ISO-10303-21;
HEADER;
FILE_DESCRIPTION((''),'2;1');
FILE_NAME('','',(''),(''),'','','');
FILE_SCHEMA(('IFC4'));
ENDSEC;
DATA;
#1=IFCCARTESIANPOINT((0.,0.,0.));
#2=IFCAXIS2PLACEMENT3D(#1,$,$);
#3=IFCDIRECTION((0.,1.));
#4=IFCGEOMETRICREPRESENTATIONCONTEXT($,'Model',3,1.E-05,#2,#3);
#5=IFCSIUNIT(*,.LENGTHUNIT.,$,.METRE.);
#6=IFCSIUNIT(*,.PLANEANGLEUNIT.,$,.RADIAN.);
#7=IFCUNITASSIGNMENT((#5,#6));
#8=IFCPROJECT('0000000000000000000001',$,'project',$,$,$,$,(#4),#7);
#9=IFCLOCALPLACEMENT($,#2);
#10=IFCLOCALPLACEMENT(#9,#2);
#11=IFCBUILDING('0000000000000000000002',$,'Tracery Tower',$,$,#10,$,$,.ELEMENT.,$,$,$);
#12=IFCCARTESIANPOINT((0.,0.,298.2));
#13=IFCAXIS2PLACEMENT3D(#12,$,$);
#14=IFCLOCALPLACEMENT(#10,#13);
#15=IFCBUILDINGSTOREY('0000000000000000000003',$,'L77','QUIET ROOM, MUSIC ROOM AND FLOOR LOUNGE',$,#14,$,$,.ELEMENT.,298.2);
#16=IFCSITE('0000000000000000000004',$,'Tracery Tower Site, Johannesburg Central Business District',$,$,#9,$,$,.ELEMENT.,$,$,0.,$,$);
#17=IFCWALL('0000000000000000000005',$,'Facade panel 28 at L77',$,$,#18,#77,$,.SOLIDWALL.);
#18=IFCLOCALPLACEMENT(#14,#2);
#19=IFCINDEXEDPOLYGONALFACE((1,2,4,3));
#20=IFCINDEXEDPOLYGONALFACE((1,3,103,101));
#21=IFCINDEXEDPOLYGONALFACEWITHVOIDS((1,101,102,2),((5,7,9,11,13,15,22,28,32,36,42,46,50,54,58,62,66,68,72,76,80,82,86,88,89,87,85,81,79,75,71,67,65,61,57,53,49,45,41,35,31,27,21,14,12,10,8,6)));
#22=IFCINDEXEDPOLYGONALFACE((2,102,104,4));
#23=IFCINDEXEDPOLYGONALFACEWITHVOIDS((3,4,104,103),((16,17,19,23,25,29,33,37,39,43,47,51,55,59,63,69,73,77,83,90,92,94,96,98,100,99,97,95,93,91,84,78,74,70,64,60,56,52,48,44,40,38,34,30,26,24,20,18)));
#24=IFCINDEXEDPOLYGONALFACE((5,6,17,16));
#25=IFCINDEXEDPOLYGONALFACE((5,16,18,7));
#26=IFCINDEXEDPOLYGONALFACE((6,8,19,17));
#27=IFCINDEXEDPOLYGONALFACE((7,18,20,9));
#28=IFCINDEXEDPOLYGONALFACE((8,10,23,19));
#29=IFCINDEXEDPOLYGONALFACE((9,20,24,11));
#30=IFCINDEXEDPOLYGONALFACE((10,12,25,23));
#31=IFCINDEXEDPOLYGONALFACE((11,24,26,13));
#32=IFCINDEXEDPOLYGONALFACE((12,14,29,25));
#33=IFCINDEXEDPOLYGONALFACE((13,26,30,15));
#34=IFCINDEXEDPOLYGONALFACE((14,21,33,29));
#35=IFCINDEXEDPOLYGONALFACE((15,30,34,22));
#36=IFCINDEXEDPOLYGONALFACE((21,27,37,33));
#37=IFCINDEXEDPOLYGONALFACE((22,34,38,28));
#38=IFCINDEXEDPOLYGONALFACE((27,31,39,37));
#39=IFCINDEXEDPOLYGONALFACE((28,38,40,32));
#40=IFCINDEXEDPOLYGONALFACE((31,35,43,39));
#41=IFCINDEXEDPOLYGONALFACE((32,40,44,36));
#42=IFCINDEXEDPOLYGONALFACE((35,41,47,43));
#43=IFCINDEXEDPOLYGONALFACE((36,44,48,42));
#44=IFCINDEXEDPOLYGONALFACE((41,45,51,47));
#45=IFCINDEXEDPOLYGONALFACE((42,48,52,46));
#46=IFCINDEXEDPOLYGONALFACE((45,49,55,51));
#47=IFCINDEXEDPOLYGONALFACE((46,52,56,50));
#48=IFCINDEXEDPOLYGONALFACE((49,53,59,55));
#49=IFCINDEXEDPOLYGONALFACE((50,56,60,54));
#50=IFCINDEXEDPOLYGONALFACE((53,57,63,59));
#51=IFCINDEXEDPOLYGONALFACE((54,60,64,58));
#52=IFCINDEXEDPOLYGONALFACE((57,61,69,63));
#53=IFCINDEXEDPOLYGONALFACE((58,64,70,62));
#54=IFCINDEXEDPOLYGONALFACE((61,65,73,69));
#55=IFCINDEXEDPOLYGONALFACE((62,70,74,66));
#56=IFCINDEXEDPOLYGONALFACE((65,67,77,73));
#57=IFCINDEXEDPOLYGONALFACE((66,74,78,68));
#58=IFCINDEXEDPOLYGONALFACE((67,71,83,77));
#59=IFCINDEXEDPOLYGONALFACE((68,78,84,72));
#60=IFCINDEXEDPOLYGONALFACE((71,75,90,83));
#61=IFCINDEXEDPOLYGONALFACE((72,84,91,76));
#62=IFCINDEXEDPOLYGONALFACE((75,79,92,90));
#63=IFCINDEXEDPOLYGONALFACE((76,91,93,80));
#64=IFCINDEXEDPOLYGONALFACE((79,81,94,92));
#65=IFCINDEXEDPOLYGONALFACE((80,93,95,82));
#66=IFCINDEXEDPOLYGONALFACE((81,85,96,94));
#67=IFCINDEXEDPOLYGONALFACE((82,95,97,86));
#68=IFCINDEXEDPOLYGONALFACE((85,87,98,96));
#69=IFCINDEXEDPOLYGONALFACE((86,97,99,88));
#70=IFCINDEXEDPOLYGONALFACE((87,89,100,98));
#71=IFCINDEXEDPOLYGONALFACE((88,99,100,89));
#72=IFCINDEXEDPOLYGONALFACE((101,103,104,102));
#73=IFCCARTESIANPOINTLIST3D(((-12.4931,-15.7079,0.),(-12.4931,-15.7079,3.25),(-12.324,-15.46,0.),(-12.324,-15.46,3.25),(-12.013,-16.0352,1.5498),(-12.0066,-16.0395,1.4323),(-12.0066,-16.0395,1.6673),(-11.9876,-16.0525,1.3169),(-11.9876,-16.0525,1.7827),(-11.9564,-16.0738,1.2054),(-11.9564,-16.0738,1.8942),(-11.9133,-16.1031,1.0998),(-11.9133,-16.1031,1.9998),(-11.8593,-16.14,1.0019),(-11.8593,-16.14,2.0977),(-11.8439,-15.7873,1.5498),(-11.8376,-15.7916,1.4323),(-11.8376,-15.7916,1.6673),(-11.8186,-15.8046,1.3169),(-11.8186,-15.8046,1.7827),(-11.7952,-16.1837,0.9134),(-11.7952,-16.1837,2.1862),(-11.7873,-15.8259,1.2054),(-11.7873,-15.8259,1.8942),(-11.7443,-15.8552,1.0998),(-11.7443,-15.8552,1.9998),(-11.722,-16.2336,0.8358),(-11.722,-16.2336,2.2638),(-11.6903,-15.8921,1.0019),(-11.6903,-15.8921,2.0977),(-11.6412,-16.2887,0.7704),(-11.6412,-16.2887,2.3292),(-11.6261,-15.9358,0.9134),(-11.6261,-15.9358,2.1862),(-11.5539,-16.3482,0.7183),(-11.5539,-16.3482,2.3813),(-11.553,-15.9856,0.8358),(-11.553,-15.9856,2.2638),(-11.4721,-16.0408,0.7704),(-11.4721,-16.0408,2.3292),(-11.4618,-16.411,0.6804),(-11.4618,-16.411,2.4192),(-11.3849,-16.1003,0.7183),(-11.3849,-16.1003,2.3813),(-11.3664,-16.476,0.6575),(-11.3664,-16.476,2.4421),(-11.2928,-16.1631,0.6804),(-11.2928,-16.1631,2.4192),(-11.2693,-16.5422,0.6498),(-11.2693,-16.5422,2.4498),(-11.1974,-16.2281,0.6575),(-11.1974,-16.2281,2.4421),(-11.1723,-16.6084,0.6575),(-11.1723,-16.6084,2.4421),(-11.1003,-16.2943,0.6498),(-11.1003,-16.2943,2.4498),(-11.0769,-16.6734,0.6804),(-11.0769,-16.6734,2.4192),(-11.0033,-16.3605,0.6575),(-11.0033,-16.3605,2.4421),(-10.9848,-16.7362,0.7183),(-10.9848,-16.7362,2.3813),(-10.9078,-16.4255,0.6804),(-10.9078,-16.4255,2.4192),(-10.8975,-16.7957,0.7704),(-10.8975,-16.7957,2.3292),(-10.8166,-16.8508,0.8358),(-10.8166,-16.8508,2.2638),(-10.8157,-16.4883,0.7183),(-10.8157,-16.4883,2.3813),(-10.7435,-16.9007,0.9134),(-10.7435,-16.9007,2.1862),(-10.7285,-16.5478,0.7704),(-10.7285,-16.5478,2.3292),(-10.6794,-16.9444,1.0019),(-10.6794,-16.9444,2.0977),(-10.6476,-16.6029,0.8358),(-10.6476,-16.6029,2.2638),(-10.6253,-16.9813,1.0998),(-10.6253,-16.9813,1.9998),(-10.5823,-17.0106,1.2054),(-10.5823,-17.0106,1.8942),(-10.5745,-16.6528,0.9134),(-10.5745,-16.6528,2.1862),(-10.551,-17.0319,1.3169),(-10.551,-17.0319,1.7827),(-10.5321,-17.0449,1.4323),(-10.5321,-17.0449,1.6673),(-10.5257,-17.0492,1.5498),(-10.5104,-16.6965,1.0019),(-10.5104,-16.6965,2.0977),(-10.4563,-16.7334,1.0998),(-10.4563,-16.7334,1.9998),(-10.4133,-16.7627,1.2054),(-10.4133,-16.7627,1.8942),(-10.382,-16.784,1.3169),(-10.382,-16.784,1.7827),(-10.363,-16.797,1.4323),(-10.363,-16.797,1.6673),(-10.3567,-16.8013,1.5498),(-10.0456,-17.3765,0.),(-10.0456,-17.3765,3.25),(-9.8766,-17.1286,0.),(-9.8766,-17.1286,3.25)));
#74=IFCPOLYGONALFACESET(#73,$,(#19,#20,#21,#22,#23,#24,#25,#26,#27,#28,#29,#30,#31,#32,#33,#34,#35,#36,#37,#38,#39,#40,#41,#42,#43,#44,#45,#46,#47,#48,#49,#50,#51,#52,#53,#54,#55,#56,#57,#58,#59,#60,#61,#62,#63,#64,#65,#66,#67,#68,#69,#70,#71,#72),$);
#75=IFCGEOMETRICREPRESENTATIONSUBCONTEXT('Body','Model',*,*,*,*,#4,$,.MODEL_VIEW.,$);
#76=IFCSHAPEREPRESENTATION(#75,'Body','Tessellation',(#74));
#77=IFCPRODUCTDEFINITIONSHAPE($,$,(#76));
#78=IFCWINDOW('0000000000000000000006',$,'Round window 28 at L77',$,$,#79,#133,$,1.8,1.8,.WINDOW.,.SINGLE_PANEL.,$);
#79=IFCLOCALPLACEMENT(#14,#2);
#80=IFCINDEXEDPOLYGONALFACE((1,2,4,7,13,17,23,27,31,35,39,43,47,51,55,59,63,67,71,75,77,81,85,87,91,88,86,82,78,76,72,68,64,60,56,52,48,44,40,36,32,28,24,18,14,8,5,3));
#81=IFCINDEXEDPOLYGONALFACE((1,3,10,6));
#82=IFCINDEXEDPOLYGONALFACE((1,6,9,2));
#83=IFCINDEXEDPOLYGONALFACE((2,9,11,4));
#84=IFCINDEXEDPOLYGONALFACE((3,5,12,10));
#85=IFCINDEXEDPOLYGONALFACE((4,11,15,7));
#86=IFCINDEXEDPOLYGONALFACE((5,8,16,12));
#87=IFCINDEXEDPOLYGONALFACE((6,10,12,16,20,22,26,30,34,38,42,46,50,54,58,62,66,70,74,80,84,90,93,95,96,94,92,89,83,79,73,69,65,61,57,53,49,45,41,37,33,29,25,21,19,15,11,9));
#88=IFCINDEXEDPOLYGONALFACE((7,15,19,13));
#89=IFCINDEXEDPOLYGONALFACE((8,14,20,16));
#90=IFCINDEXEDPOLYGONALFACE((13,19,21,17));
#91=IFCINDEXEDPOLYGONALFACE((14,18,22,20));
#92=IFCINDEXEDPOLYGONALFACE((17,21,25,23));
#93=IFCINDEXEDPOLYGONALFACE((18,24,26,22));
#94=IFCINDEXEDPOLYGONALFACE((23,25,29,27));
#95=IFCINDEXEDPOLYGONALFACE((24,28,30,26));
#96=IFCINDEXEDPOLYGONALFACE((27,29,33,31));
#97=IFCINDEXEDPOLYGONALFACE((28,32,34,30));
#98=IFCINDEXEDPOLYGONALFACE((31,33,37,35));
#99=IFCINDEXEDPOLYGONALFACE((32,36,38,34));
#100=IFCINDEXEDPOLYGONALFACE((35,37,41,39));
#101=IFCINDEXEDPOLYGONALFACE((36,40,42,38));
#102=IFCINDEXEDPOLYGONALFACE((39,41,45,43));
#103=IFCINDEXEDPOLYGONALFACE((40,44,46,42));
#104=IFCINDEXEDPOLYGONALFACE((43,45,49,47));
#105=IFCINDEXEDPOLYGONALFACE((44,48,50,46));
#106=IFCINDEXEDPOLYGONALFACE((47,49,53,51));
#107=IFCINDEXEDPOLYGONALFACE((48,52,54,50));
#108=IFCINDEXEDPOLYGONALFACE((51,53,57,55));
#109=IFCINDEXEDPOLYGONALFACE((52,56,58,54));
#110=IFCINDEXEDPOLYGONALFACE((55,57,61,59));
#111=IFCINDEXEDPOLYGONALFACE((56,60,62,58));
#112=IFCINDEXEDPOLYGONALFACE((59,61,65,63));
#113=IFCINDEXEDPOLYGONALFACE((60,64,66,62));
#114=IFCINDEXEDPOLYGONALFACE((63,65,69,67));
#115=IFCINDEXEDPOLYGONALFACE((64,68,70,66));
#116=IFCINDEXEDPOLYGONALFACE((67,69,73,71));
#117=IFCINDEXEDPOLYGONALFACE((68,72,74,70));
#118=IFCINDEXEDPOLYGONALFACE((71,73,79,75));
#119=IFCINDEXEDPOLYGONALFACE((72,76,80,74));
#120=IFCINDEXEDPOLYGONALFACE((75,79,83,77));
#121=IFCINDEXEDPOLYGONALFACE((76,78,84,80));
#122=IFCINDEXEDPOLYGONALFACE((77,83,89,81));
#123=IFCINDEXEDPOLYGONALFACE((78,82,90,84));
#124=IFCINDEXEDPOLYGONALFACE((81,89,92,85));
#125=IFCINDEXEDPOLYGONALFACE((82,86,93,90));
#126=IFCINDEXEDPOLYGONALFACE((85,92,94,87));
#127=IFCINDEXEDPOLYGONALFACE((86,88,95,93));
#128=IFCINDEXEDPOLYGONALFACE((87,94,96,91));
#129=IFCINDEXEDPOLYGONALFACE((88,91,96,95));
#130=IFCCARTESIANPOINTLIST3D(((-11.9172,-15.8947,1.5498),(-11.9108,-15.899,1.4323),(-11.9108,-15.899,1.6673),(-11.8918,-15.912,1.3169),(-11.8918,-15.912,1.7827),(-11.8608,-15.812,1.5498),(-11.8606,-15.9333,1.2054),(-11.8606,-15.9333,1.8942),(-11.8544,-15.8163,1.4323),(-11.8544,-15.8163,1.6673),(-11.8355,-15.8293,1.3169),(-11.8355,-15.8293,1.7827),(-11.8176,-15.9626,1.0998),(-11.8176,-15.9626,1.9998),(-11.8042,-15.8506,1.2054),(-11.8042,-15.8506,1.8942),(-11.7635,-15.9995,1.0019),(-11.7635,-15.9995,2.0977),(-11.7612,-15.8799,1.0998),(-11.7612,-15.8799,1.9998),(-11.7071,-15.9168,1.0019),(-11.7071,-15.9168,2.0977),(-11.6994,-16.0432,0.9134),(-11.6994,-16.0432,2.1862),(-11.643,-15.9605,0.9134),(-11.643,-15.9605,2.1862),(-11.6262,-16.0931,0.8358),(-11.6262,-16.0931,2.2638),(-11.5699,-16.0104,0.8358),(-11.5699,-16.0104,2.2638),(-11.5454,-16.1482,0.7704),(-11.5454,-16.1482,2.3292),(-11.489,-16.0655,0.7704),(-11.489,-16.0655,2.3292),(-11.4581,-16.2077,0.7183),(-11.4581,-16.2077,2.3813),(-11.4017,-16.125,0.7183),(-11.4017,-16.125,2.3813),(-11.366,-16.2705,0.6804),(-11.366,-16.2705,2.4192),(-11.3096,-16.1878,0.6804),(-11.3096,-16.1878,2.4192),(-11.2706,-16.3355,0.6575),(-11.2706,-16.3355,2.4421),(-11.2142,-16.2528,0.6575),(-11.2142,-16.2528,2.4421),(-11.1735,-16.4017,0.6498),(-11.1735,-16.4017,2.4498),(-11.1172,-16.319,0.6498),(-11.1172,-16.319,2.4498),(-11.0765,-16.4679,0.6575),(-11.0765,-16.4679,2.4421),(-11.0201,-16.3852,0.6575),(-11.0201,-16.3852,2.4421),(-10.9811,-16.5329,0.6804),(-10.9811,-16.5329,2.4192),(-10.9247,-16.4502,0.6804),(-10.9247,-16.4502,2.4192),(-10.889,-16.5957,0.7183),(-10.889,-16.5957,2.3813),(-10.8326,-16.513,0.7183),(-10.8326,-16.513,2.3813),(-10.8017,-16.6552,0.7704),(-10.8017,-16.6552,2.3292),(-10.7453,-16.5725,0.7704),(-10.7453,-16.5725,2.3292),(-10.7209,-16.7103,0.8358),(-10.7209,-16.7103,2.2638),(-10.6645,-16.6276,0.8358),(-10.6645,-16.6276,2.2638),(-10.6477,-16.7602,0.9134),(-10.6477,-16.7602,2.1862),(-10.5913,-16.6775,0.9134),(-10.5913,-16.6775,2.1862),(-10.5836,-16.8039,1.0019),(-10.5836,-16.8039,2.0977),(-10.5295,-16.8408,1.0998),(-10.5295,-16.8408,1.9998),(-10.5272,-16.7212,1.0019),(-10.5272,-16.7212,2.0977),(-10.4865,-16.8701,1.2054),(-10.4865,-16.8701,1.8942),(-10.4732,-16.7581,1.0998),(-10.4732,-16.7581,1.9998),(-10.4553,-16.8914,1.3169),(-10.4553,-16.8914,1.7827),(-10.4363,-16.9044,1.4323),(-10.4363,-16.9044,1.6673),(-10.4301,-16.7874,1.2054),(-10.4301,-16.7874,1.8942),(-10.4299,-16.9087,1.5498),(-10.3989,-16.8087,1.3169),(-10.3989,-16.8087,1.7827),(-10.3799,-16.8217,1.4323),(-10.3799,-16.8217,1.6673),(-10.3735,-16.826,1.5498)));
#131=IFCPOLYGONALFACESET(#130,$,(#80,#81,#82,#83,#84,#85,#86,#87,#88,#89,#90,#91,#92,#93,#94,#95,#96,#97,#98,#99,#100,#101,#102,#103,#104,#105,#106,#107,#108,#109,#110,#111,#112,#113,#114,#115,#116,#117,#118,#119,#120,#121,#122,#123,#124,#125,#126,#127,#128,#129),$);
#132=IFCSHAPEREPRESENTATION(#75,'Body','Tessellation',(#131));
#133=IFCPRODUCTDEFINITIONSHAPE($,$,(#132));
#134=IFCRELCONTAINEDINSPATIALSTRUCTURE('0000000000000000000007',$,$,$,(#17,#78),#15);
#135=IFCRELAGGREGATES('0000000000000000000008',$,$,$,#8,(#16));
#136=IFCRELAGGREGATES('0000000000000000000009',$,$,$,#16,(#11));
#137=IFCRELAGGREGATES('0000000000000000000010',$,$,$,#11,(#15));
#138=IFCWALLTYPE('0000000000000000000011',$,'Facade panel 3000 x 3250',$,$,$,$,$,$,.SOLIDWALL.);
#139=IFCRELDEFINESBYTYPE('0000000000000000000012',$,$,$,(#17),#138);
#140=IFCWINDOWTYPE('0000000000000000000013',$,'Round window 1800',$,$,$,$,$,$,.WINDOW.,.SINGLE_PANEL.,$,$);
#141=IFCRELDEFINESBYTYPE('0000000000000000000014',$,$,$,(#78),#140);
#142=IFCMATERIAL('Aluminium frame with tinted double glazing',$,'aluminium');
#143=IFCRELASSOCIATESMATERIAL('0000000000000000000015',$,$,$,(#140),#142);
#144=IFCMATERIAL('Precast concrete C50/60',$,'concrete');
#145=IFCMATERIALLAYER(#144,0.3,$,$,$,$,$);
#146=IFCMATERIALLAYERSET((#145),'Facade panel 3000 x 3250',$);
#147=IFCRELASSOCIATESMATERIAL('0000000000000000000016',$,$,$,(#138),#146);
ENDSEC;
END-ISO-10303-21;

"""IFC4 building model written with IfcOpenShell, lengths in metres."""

from ifc_helpers import new_model, si_unit, direction, frame, frame_2d, origin, origin_2d, place, context, subcontext, project, spatial, rectangle, circle, extrude, material, layer, layer_set, type_object, element, fill, save


model = new_model("IFC4")

# Units and contexts
model_context = context("Model", 3, precision=1e-05, world=origin(), true_north=direction((0.0, 1.0)))
body_context = subcontext(model_context, "Body", "Model", "MODEL_VIEW")
ifc_project = project(units=[si_unit("LENGTHUNIT", "METRE"), si_unit("PLANEANGLEUNIT", "RADIAN")], contexts=[model_context])

# Site, building, storey
site_placement = place(None, origin())
site = spatial("IfcSite", under=ifc_project, at=site_placement, Name="Tracery Tower Site, Johannesburg Central Business District", CompositionType="ELEMENT", RefElevation=0.0)
building_placement = place(site_placement, origin())
building = spatial("IfcBuilding", under=site, at=building_placement, Name="Tracery Tower", CompositionType="ELEMENT")
storey_placement = place(building_placement, frame((0.0, 0.0, 298.2)))
storey = spatial("IfcBuildingStorey", under=building, at=storey_placement, Name="L77", Description="QUIET ROOM, MUSIC ROOM AND FLOOR LOUNGE", CompositionType="ELEMENT", Elevation=298.2)

# Wall, opening, window
ifc_material_1 = material(Name="Aluminium frame with tinted double glazing", Category="aluminium")
window_type = type_object("IfcWindowType", Name="Round window 1800", PartitioningType="SINGLE_PANEL", PredefinedType="WINDOW", material=ifc_material_1)
ifc_material_2 = material(Name="Precast concrete C50/60", Category="concrete")
ifc_layer_1 = layer(ifc_material_2, 0.3)
ifc_layer_set_1 = layer_set([ifc_layer_1], Name="Facade panel 3000 x 3250")
wall_type_1 = type_object("IfcWallType", Name="Facade panel 3000 x 3250", PredefinedType="SOLIDWALL", material=ifc_layer_set_1)
wall_1_placement = place(storey_placement, frame((-12.4084, -15.584, 0.0), z_axis=(0.0, 0.0, 1.0), x_axis=(0.826236, -0.563324, 0.0)))
wall_1 = element("IfcWall", 1, at=wall_1_placement, inside=storey, type_object=wall_type_1, Name="Facade panel 28 at L77", PredefinedType="SOLIDWALL", context=body_context, shape_type="SweptSolid", body=[
    extrude(rectangle(XDim=2.9622, YDim=0.3, at=frame_2d((1.481, 0.0))), origin(), (0.0, 0.0, 1.0), 3.25),
])
opening_1_placement = place(wall_1_placement, frame((1.481, 0.0, 1.5498)))
opening_1 = element("IfcOpeningElement", 2, at=opening_1_placement, cuts=wall_1, PredefinedType="OPENING", context=body_context, shape_type="SweptSolid", body=[
    extrude(circle(Radius=0.9, at=origin_2d()), frame((0.0, 0.1599, 0.0), z_axis=(0.0, -1.0, 0.0), x_axis=(1.0, 0.0, 0.0)), (0.0, 0.0, 1.0), 0.3201),
])
window_1_placement = place(opening_1_placement, origin())
window_1 = element("IfcWindow", 3, at=window_1_placement, inside=storey, type_object=window_type, Name="Round window 28 at L77", OverallHeight=1.8, OverallWidth=1.8, PartitioningType="SINGLE_PANEL", PredefinedType="WINDOW", context=body_context, shape_type="SweptSolid", body=[
    extrude(circle(Radius=0.9, at=origin_2d()), frame((0.0, 0.1201, 0.0), z_axis=(0.0, -1.0, 0.0), x_axis=(1.0, 0.0, 0.0)), (0.0, 0.0, 1.0), 0.1001),
])
fill(opening_1, window_1)

save(model, "model.ifc")
